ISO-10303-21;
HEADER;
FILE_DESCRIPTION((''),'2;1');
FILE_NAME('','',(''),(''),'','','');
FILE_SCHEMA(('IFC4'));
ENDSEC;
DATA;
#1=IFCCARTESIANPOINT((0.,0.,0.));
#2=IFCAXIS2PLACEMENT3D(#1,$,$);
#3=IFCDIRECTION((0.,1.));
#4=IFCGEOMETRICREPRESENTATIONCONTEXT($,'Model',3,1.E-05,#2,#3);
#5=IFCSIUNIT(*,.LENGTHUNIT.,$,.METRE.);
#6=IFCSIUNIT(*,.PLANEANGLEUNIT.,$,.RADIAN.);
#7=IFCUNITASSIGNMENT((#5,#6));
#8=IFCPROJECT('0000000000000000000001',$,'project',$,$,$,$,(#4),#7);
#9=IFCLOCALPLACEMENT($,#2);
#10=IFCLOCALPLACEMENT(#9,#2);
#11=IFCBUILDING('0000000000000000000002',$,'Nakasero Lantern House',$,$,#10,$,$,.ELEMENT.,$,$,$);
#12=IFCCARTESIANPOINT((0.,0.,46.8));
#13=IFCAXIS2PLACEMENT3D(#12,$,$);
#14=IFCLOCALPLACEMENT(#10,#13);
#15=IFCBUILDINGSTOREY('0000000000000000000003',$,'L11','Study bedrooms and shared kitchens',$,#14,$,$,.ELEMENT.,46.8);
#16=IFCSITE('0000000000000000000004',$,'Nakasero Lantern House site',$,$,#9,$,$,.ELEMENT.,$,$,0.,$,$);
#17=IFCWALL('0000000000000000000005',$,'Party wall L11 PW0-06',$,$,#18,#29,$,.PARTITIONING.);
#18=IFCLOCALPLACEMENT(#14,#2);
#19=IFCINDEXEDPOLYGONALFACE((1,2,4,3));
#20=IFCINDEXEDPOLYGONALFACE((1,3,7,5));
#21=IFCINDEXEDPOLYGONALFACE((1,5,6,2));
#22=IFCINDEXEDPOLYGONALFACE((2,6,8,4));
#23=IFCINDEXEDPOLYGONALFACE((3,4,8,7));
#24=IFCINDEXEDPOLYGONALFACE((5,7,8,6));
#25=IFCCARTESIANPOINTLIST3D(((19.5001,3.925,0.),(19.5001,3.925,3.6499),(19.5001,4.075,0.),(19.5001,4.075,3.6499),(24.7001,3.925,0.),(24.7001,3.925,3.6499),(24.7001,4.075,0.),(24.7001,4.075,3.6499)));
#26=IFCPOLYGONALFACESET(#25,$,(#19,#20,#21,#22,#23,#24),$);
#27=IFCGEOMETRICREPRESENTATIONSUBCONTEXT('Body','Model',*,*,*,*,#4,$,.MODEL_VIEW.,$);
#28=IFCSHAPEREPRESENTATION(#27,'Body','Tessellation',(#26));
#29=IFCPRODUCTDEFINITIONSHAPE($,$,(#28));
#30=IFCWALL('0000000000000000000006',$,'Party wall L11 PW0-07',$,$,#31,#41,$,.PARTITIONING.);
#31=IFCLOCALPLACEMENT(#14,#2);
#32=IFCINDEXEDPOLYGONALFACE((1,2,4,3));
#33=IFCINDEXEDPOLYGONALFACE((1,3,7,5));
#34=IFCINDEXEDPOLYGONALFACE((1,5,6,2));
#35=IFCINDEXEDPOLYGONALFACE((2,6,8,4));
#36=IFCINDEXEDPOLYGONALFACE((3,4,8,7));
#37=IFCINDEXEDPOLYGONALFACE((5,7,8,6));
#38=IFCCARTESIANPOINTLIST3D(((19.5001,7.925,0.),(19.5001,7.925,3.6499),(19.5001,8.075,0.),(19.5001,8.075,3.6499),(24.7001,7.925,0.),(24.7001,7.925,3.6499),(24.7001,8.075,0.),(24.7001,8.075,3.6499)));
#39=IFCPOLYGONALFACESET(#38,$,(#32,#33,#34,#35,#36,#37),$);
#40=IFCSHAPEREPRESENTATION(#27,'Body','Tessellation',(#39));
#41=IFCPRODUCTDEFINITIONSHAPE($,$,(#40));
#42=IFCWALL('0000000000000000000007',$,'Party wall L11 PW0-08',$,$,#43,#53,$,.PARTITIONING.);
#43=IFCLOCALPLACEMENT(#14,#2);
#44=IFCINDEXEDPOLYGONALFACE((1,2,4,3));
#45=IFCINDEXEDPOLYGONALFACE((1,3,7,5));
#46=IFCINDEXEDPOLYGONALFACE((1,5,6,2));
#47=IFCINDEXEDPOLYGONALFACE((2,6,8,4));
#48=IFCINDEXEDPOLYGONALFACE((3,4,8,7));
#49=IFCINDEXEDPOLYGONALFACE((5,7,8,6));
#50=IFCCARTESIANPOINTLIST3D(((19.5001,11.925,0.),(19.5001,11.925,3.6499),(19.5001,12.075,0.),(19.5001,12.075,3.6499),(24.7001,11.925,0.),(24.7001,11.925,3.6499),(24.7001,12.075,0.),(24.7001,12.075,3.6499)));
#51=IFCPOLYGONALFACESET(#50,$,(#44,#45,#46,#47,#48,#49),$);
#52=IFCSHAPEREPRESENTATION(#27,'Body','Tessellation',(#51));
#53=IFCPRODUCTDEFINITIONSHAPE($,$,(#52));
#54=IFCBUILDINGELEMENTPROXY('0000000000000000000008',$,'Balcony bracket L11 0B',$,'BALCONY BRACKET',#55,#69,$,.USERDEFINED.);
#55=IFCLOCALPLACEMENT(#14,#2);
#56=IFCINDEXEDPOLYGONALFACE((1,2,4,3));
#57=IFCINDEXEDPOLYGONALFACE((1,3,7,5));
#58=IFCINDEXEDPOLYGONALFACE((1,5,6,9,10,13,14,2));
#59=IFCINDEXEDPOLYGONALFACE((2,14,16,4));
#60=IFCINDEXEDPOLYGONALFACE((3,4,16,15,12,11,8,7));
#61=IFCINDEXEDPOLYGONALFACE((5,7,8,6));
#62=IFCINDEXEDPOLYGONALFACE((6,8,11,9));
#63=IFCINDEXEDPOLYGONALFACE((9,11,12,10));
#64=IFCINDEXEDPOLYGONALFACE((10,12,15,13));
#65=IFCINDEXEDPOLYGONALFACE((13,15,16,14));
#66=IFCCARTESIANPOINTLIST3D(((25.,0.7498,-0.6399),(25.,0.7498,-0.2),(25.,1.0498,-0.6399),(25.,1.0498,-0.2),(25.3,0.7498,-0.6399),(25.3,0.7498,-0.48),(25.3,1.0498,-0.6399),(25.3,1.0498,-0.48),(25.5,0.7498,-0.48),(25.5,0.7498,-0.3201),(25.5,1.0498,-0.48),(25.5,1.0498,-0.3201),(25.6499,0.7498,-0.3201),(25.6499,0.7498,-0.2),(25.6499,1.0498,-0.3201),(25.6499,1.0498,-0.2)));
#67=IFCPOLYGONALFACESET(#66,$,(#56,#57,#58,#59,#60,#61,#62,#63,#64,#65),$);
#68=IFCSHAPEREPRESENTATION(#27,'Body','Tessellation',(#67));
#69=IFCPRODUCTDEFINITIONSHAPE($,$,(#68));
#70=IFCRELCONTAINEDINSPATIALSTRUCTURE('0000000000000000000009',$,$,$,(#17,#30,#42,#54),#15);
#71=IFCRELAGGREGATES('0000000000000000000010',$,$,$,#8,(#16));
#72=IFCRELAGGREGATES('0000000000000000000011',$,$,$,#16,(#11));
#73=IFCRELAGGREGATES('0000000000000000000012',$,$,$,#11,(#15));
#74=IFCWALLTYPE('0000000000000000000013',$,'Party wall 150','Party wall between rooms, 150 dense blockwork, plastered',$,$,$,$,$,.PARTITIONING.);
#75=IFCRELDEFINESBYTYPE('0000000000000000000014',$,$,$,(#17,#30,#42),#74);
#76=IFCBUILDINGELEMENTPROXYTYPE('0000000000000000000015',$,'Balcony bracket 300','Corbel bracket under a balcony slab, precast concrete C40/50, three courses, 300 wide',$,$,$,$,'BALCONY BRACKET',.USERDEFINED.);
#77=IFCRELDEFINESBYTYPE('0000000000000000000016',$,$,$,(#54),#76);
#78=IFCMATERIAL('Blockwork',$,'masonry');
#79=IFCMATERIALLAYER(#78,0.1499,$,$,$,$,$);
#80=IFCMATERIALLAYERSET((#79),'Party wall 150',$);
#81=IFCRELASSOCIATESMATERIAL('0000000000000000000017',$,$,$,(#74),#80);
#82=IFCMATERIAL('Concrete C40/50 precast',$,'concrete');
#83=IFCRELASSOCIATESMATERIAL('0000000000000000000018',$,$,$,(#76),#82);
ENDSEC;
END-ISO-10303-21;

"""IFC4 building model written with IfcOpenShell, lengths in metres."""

from ifc_helpers import new_model, si_unit, direction, frame, frame_2d, origin, place, context, subcontext, project, spatial, polyline, rectangle, outline, extrude, material, layer, layer_set, type_object, element, save


model = new_model("IFC4")

# Units and contexts
model_context = context("Model", 3, precision=1e-05, world=origin(), true_north=direction((0.0, 1.0)))
body_context = subcontext(model_context, "Body", "Model", "MODEL_VIEW")
ifc_project = project(units=[si_unit("LENGTHUNIT", "METRE"), si_unit("PLANEANGLEUNIT", "RADIAN")], contexts=[model_context])

# Site, building, storey
site_placement = place(None, origin())
site = spatial("IfcSite", under=ifc_project, at=site_placement, Name="Nakasero Lantern House site", CompositionType="ELEMENT", RefElevation=0.0)
building_placement = place(site_placement, origin())
building = spatial("IfcBuilding", under=site, at=building_placement, Name="Nakasero Lantern House", CompositionType="ELEMENT")
storey_placement = place(building_placement, frame((0.0, 0.0, 46.8)))
storey = spatial("IfcBuildingStorey", under=building, at=storey_placement, Name="L11", Description="Study bedrooms and shared kitchens", CompositionType="ELEMENT", Elevation=46.8)

# Walls
ifc_material_1 = material(Name="Blockwork", Category="masonry")
ifc_layer_1 = layer(ifc_material_1, 0.1499)
ifc_layer_set_1 = layer_set([ifc_layer_1], Name="Party wall 150")
wall_type_1 = type_object("IfcWallType", Name="Party wall 150", Description="Party wall between rooms, 150 dense blockwork, plastered", PredefinedType="PARTITIONING", material=ifc_layer_set_1)
for number, where, z_axis, x_axis, name in (
    (1, (19.5, 4.0, 0.0), (0.0, 0.0, 1.0), (1.0, 0.0, 0.0), "Party wall L11 PW0-06"),
    (2, (19.5, 8.0, 0.0), (0.0, 0.0, 1.0), (1.0, 0.0, 0.0), "Party wall L11 PW0-07"),
    (3, (19.5, 12.0, 0.0), (0.0, 0.0, 1.0), (1.0, 0.0, 0.0), "Party wall L11 PW0-08"),
):
    element("IfcWall", number, at=place(storey_placement, frame(where, z_axis=z_axis, x_axis=x_axis)), inside=storey, type_object=wall_type_1, Name=name, PredefinedType="PARTITIONING", context=body_context, shape_type="SweptSolid", body=[
        extrude(rectangle(XDim=5.2, YDim=0.1499, at=frame_2d((2.6001, 0.0))), origin(), (0.0, 0.0, 1.0), 3.6499),
    ])

# Building element proxy
ifc_material_2 = material(Name="Concrete C40/50 precast", Category="concrete")
building_element_proxy_type = type_object("IfcBuildingElementProxyType", Name="Balcony bracket 300", Description="Corbel bracket under a balcony slab, precast concrete C40/50, three courses, 300 wide", ElementType="BALCONY BRACKET", PredefinedType="USERDEFINED", material=ifc_material_2)
proxy_placement = place(storey_placement, frame((25.0, 0.8999, -0.2), z_axis=(0.0, 0.0, 1.0), x_axis=(1.0, 0.0, 0.0)))
element("IfcBuildingElementProxy", 4, at=proxy_placement, inside=storey, type_object=building_element_proxy_type, Name="Balcony bracket L11 0B", ObjectType="BALCONY BRACKET", PredefinedType="USERDEFINED", context=body_context, shape_type="SweptSolid", body=[
    extrude(outline(polyline([(0.0, 0.0), (0.6499, 0.0), (0.6499, -0.1201), (0.5, -0.1201), (0.5, -0.28), (0.3, -0.28), (0.3, -0.4399), (0.0, -0.4399), (0.0, 0.0)])), frame((0.0, 0.1499, 0.0), z_axis=(0.0, -1.0, 0.0), x_axis=(1.0, 0.0, 0.0)), (0.0, 0.0, 1.0), 0.3),
])

save(model, "model.ifc")
